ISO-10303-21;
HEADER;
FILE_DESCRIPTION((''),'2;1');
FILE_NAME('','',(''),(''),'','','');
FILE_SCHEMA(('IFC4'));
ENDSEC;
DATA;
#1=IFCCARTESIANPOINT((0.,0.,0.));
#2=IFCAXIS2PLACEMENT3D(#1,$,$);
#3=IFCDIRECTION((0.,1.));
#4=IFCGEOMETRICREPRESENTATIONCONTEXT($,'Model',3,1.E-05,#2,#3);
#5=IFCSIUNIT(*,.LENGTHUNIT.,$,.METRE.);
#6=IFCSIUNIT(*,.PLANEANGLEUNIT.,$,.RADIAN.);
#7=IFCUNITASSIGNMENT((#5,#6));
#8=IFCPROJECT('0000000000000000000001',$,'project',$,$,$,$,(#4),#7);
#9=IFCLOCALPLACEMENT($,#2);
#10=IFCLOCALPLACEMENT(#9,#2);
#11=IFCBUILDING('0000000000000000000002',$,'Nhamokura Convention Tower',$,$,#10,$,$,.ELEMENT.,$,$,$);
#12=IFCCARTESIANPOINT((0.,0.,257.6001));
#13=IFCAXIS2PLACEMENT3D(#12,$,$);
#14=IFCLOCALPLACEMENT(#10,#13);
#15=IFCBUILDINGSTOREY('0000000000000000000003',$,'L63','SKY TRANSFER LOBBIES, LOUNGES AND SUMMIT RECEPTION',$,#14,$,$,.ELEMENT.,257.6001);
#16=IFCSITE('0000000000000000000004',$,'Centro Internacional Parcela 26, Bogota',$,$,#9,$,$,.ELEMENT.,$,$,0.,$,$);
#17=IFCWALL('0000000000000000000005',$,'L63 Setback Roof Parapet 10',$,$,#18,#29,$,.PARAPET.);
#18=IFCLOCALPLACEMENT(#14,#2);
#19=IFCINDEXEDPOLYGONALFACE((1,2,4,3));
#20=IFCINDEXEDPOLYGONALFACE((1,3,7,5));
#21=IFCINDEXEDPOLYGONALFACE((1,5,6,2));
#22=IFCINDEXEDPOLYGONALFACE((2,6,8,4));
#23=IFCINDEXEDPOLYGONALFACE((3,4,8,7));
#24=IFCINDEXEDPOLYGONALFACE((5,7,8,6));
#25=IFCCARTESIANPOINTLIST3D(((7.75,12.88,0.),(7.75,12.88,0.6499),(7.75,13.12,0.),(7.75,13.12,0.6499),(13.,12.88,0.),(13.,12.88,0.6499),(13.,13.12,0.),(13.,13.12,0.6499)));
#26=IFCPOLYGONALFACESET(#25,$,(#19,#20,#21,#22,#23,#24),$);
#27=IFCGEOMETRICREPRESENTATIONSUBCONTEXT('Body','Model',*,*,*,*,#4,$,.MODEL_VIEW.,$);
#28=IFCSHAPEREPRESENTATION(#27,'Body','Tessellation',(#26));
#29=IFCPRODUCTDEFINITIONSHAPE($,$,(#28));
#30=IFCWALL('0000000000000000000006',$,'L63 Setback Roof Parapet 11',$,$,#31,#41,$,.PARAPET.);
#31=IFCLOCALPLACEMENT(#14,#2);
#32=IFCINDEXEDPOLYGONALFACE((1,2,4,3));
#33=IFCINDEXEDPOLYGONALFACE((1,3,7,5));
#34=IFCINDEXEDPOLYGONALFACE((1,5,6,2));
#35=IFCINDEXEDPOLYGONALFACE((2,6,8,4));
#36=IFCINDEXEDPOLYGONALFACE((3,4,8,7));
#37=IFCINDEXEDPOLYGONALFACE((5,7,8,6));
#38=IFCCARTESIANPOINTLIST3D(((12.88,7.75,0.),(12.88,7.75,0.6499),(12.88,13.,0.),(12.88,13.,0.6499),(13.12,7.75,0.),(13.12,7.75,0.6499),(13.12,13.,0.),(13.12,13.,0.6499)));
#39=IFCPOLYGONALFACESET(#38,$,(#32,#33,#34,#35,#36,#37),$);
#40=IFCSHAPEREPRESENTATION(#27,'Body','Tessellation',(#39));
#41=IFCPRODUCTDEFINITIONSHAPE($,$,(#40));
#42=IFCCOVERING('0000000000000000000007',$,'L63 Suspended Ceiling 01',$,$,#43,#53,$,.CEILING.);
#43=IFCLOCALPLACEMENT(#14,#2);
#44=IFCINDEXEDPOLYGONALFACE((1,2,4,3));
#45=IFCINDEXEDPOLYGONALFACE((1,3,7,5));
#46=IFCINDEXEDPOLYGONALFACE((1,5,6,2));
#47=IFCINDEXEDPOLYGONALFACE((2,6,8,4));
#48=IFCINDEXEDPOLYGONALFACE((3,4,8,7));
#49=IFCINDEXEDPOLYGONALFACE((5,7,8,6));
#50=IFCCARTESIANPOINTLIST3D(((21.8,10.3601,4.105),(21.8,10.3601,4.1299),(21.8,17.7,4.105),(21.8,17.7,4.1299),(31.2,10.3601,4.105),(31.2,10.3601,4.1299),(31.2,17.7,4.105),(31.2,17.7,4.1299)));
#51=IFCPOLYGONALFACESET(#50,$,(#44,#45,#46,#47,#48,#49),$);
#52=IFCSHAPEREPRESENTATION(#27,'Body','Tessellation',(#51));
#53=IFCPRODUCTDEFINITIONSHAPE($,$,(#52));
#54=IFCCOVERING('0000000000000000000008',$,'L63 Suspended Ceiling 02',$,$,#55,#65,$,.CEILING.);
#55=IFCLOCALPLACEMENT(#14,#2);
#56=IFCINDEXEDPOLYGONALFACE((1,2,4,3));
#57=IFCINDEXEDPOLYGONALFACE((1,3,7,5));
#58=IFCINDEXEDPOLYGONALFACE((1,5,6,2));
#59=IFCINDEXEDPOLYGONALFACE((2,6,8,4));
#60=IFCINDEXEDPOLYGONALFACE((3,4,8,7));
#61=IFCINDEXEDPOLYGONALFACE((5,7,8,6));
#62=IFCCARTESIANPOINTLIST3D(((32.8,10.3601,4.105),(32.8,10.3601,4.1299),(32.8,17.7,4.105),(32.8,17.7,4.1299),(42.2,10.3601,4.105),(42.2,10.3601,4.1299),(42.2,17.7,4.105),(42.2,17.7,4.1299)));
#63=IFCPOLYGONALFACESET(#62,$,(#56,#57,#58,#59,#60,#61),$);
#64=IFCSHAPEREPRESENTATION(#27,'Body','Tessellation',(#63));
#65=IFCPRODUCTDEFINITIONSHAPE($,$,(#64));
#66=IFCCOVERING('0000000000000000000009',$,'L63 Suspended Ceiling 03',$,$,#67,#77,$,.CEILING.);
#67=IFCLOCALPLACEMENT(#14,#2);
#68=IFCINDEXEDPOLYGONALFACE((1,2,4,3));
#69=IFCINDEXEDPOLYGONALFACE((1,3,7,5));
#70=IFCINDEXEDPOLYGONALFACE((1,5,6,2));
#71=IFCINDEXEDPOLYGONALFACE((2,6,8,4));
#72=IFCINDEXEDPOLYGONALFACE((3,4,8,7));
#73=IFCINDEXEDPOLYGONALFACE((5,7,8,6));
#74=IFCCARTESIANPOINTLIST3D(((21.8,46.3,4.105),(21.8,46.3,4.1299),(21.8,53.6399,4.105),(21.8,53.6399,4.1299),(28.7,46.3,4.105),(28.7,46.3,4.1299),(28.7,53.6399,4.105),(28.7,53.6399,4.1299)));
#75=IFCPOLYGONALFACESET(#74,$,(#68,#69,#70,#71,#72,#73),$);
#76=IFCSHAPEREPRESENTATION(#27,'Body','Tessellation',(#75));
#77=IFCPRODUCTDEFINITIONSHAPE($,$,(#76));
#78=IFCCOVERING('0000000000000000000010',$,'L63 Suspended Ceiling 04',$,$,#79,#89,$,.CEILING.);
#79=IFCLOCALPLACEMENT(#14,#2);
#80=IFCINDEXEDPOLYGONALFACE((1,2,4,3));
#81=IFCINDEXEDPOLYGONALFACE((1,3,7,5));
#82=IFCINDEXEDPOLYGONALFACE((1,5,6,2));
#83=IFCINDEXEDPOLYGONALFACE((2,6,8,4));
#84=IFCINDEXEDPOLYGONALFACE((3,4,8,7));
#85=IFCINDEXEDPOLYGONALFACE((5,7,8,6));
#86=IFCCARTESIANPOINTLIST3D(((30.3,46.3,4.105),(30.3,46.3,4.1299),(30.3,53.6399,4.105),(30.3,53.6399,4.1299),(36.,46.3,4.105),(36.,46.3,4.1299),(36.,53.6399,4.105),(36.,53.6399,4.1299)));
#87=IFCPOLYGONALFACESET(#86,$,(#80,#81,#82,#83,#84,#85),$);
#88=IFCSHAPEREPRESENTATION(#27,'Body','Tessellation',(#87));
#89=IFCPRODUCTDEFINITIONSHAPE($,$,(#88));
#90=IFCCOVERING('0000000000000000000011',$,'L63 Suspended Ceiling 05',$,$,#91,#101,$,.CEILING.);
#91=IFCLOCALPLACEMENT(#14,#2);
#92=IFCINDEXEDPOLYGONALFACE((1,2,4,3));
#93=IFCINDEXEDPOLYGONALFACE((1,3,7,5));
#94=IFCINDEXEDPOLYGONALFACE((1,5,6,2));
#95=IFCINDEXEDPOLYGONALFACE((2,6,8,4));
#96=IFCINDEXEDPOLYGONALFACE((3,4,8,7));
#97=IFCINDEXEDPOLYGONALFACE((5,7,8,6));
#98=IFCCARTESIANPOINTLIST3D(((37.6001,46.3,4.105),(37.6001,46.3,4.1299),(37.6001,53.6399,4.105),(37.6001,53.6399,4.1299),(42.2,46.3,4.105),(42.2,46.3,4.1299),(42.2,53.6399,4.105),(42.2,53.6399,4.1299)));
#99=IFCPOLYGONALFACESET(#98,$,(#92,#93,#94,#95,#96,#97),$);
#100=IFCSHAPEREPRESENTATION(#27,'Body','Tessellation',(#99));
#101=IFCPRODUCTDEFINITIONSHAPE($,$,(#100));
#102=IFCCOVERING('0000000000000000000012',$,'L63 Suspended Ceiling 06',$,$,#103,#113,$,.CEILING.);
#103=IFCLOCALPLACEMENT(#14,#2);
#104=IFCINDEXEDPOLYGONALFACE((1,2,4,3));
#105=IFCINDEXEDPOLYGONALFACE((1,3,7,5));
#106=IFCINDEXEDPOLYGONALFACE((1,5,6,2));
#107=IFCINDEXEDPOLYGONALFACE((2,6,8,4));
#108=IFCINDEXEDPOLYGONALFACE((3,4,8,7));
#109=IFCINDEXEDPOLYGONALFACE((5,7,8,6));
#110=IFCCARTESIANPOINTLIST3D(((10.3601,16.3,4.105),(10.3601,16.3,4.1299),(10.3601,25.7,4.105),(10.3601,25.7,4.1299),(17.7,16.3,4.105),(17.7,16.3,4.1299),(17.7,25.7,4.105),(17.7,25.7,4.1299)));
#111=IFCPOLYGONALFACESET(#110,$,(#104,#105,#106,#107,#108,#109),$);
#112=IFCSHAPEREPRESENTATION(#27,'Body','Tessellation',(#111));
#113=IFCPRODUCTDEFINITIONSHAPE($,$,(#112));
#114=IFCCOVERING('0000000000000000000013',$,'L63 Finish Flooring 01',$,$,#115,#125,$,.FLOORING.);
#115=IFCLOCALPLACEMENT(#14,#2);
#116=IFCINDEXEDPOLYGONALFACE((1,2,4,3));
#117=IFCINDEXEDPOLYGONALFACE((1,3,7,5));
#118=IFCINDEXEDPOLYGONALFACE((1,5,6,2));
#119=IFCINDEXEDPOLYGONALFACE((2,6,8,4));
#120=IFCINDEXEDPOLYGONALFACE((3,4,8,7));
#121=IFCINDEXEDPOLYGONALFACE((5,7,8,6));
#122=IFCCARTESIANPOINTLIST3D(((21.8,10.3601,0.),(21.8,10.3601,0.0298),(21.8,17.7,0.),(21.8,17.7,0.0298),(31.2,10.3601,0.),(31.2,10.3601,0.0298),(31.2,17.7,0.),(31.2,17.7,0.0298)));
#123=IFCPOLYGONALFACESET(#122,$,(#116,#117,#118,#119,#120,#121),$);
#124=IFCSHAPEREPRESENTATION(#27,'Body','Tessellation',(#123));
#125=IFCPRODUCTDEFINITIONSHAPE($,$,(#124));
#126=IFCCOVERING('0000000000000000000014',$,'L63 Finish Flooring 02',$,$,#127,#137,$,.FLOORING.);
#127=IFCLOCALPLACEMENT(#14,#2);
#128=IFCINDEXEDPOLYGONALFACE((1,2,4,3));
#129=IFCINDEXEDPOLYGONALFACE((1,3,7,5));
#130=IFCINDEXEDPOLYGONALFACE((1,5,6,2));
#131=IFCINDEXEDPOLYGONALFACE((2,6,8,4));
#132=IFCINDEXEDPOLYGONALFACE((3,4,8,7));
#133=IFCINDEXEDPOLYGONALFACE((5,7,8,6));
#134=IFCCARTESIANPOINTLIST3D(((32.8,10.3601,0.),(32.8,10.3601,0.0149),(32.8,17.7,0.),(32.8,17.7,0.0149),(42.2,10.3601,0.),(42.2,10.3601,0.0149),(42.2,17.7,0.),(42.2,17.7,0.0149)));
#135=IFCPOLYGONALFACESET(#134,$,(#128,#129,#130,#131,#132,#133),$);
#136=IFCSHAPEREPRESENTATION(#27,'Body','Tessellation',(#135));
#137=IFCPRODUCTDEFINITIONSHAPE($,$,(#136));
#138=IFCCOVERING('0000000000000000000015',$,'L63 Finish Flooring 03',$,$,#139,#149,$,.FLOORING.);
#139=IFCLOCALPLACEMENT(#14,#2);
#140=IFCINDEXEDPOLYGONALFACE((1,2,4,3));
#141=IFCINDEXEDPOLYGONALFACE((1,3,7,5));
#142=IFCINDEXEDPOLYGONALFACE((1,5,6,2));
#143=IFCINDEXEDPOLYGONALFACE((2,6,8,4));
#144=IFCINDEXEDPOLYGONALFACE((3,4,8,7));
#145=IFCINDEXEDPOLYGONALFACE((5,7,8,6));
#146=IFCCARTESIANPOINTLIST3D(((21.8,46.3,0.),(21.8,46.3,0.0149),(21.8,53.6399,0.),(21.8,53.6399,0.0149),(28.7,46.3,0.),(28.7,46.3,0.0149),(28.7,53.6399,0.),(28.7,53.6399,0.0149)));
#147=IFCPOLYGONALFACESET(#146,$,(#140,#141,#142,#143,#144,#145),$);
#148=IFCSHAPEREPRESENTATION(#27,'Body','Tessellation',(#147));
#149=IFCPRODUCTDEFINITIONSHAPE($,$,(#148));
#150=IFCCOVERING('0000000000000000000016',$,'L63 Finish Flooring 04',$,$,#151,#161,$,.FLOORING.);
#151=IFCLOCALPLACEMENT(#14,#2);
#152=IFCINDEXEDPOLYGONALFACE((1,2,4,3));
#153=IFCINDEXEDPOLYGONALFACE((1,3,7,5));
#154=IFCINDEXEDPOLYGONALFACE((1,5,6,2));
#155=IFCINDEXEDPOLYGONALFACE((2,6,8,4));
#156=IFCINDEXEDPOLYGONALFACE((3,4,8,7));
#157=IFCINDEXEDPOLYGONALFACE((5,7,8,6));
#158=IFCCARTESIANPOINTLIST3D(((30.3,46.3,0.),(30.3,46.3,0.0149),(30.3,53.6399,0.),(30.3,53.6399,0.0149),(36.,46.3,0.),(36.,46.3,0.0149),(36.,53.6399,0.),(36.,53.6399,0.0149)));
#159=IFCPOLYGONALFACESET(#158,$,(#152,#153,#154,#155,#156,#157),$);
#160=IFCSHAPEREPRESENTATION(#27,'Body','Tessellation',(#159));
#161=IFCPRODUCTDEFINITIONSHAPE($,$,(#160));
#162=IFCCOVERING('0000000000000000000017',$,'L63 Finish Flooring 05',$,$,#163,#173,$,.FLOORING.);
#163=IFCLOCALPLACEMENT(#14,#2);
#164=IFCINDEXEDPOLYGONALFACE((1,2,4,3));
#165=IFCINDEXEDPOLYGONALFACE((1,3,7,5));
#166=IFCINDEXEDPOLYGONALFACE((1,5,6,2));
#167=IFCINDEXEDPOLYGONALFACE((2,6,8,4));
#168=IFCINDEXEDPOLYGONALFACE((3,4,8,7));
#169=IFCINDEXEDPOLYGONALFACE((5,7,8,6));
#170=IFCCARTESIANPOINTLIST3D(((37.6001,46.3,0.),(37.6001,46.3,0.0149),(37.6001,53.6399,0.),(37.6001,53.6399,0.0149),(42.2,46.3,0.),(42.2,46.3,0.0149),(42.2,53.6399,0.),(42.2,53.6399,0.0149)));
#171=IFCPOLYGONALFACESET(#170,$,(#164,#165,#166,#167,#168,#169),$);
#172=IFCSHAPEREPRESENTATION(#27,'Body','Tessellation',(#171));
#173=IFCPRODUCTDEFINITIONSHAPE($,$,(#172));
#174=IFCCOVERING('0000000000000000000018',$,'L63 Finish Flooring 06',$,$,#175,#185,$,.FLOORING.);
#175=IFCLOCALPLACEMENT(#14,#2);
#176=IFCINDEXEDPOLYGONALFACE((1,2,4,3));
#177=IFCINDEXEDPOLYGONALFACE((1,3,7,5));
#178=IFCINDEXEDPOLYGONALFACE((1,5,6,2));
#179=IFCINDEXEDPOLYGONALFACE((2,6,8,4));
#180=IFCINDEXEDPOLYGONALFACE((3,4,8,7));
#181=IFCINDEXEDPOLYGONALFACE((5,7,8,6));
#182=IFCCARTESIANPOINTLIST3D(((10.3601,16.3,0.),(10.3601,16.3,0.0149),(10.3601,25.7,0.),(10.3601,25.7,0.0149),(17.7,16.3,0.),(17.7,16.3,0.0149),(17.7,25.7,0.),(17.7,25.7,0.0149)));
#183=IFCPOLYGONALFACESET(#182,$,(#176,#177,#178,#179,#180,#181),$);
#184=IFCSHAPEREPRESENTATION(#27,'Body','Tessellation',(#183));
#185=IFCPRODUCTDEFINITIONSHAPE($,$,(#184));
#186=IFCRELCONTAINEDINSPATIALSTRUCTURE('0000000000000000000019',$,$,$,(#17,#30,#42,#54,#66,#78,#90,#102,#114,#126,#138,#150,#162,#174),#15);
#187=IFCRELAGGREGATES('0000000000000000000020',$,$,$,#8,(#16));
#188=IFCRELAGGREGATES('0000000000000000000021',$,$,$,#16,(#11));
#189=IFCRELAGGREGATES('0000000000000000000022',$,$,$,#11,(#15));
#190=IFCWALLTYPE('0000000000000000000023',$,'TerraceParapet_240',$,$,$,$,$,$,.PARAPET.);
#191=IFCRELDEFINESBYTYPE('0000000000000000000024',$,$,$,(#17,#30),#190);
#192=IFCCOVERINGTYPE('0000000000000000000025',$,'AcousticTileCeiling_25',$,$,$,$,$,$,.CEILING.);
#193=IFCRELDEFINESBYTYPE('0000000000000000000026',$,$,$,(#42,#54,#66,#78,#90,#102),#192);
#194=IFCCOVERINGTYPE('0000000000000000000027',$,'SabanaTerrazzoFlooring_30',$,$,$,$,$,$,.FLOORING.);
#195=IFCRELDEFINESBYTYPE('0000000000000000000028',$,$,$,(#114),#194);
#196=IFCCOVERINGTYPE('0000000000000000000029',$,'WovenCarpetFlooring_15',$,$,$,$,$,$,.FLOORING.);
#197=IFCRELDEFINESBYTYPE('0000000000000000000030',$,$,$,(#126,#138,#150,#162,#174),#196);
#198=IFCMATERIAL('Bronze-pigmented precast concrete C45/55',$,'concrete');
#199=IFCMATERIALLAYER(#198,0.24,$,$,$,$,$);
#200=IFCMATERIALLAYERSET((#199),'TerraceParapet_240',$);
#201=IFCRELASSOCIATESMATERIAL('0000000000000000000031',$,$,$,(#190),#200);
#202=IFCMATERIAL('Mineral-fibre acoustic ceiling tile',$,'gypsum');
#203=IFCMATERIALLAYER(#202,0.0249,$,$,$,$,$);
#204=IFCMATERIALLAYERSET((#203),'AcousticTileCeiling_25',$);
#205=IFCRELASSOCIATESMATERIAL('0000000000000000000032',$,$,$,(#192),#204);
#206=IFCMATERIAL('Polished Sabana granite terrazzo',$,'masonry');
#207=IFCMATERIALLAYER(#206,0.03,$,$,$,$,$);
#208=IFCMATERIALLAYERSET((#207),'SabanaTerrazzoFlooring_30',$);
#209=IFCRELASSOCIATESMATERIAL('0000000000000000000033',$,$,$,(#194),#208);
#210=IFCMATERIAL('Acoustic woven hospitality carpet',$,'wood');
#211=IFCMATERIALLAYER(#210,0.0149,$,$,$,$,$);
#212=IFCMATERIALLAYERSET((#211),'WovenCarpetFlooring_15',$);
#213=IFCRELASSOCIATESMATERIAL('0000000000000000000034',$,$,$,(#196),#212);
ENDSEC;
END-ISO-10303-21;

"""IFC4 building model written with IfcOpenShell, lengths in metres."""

from ifc_helpers import new_model, si_unit, direction, frame, frame_2d, origin, place, context, subcontext, project, spatial, polyline, rectangle, outline, extrude, material, layer, layer_set, type_object, element, save


model = new_model("IFC4")

# Units and contexts
model_context = context("Model", 3, precision=1e-05, world=origin(), true_north=direction((0.0, 1.0)))
body_context = subcontext(model_context, "Body", "Model", "MODEL_VIEW")
ifc_project = project(units=[si_unit("LENGTHUNIT", "METRE"), si_unit("PLANEANGLEUNIT", "RADIAN")], contexts=[model_context])

# Site, building, storey
site_placement = place(None, origin())
site = spatial("IfcSite", under=ifc_project, at=site_placement, Name="Centro Internacional Parcela 26, Bogota", CompositionType="ELEMENT", RefElevation=0.0)
building_placement = place(site_placement, origin())
building = spatial("IfcBuilding", under=site, at=building_placement, Name="Nhamokura Convention Tower", CompositionType="ELEMENT")
storey_placement = place(building_placement, frame((0.0, 0.0, 257.6001)))
storey = spatial("IfcBuildingStorey", under=building, at=storey_placement, Name="L63", Description="SKY TRANSFER LOBBIES, LOUNGES AND SUMMIT RECEPTION", CompositionType="ELEMENT", Elevation=257.6001)

# Walls
ifc_material_1 = material(Name="Bronze-pigmented precast concrete C45/55", Category="concrete")
ifc_layer_1 = layer(ifc_material_1, 0.24)
ifc_layer_set_1 = layer_set([ifc_layer_1], Name="TerraceParapet_240")
wall_type_1 = type_object("IfcWallType", Name="TerraceParapet_240", PredefinedType="PARAPET", material=ifc_layer_set_1)
for number, where, z_axis, x_axis, name in (
    (1, (7.75, 13.0, 0.0), (0.0, 0.0, 1.0), (1.0, 0.0, 0.0), "L63 Setback Roof Parapet 10"),
    (2, (13.0, 13.0, 0.0), (0.0, 0.0, 1.0), (0.0, -1.0, 0.0), "L63 Setback Roof Parapet 11"),
):
    element("IfcWall", number, at=place(storey_placement, frame(where, z_axis=z_axis, x_axis=x_axis)), inside=storey, type_object=wall_type_1, Name=name, PredefinedType="PARAPET", context=body_context, shape_type="SweptSolid", body=[
        extrude(rectangle(XDim=5.25, YDim=0.24, at=frame_2d((2.625, 0.0))), origin(), (0.0, 0.0, 1.0), 0.6499),
    ])

# Coverings
ifc_material_2 = material(Name="Mineral-fibre acoustic ceiling tile", Category="gypsum")
ifc_layer_2 = layer(ifc_material_2, 0.0249)
ifc_layer_set_2 = layer_set([ifc_layer_2], Name="AcousticTileCeiling_25")
covering_type_1 = type_object("IfcCoveringType", Name="AcousticTileCeiling_25", PredefinedType="CEILING", material=ifc_layer_set_2)
covering_1_placement = place(storey_placement, frame((0.0, 0.0, 4.105)))
element("IfcCovering", 3, at=covering_1_placement, inside=storey, type_object=covering_type_1, Name="L63 Suspended Ceiling 01", PredefinedType="CEILING", context=body_context, shape_type="SweptSolid", body=[
    extrude(outline(polyline([(21.8, 10.3601), (31.2, 10.3601), (31.2, 17.7), (21.8, 17.7), (21.8, 10.3601)])), origin(), (0.0, 0.0, 1.0), 0.0249),
])
covering_2_placement = place(storey_placement, frame((0.0, 0.0, 4.105)))
element("IfcCovering", 4, at=covering_2_placement, inside=storey, type_object=covering_type_1, Name="L63 Suspended Ceiling 02", PredefinedType="CEILING", context=body_context, shape_type="SweptSolid", body=[
    extrude(outline(polyline([(32.8, 10.3601), (42.2, 10.3601), (42.2, 17.7), (32.8, 17.7), (32.8, 10.3601)])), origin(), (0.0, 0.0, 1.0), 0.0249),
])
covering_3_placement = place(storey_placement, frame((0.0, 0.0, 4.105)))
element("IfcCovering", 5, at=covering_3_placement, inside=storey, type_object=covering_type_1, Name="L63 Suspended Ceiling 03", PredefinedType="CEILING", context=body_context, shape_type="SweptSolid", body=[
    extrude(outline(polyline([(21.8, 46.3), (28.7, 46.3), (28.7, 53.6399), (21.8, 53.6399), (21.8, 46.3)])), origin(), (0.0, 0.0, 1.0), 0.0249),
])
covering_4_placement = place(storey_placement, frame((0.0, 0.0, 4.105)))
element("IfcCovering", 6, at=covering_4_placement, inside=storey, type_object=covering_type_1, Name="L63 Suspended Ceiling 04", PredefinedType="CEILING", context=body_context, shape_type="SweptSolid", body=[
    extrude(outline(polyline([(30.3, 46.3), (36.0, 46.3), (36.0, 53.6399), (30.3, 53.6399), (30.3, 46.3)])), origin(), (0.0, 0.0, 1.0), 0.0249),
])
covering_5_placement = place(storey_placement, frame((0.0, 0.0, 4.105)))
element("IfcCovering", 7, at=covering_5_placement, inside=storey, type_object=covering_type_1, Name="L63 Suspended Ceiling 05", PredefinedType="CEILING", context=body_context, shape_type="SweptSolid", body=[
    extrude(outline(polyline([(37.6001, 46.3), (42.2, 46.3), (42.2, 53.6399), (37.6001, 53.6399), (37.6001, 46.3)])), origin(), (0.0, 0.0, 1.0), 0.0249),
])
covering_6_placement = place(storey_placement, frame((0.0, 0.0, 4.105)))
element("IfcCovering", 8, at=covering_6_placement, inside=storey, type_object=covering_type_1, Name="L63 Suspended Ceiling 06", PredefinedType="CEILING", context=body_context, shape_type="SweptSolid", body=[
    extrude(outline(polyline([(10.3601, 16.3), (17.7, 16.3), (17.7, 25.7), (10.3601, 25.7), (10.3601, 16.3)])), origin(), (0.0, 0.0, 1.0), 0.0249),
])
ifc_material_3 = material(Name="Polished Sabana granite terrazzo", Category="masonry")
ifc_layer_3 = layer(ifc_material_3, 0.03)
ifc_layer_set_3 = layer_set([ifc_layer_3], Name="SabanaTerrazzoFlooring_30")
covering_type_2 = type_object("IfcCoveringType", Name="SabanaTerrazzoFlooring_30", PredefinedType="FLOORING", material=ifc_layer_set_3)
covering_7_placement = place(storey_placement, origin())
element("IfcCovering", 9, at=covering_7_placement, inside=storey, type_object=covering_type_2, Name="L63 Finish Flooring 01", PredefinedType="FLOORING", context=body_context, shape_type="SweptSolid", body=[
    extrude(outline(polyline([(21.8, 10.3601), (31.2, 10.3601), (31.2, 17.7), (21.8, 17.7), (21.8, 10.3601)])), origin(), (0.0, 0.0, 1.0), 0.0298),
])
ifc_material_4 = material(Name="Acoustic woven hospitality carpet", Category="wood")
ifc_layer_4 = layer(ifc_material_4, 0.0149)
ifc_layer_set_4 = layer_set([ifc_layer_4], Name="WovenCarpetFlooring_15")
covering_type_3 = type_object("IfcCoveringType", Name="WovenCarpetFlooring_15", PredefinedType="FLOORING", material=ifc_layer_set_4)
covering_8_placement = place(storey_placement, origin())
element("IfcCovering", 10, at=covering_8_placement, inside=storey, type_object=covering_type_3, Name="L63 Finish Flooring 02", PredefinedType="FLOORING", context=body_context, shape_type="SweptSolid", body=[
    extrude(outline(polyline([(32.8, 10.3601), (42.2, 10.3601), (42.2, 17.7), (32.8, 17.7), (32.8, 10.3601)])), origin(), (0.0, 0.0, 1.0), 0.0149),
])
covering_9_placement = place(storey_placement, origin())
element("IfcCovering", 11, at=covering_9_placement, inside=storey, type_object=covering_type_3, Name="L63 Finish Flooring 03", PredefinedType="FLOORING", context=body_context, shape_type="SweptSolid", body=[
    extrude(outline(polyline([(21.8, 46.3), (28.7, 46.3), (28.7, 53.6399), (21.8, 53.6399), (21.8, 46.3)])), origin(), (0.0, 0.0, 1.0), 0.0149),
])
covering_10_placement = place(storey_placement, origin())
element("IfcCovering", 12, at=covering_10_placement, inside=storey, type_object=covering_type_3, Name="L63 Finish Flooring 04", PredefinedType="FLOORING", context=body_context, shape_type="SweptSolid", body=[
    extrude(outline(polyline([(30.3, 46.3), (36.0, 46.3), (36.0, 53.6399), (30.3, 53.6399), (30.3, 46.3)])), origin(), (0.0, 0.0, 1.0), 0.0149),
])
covering_11_placement = place(storey_placement, origin())
element("IfcCovering", 13, at=covering_11_placement, inside=storey, type_object=covering_type_3, Name="L63 Finish Flooring 05", PredefinedType="FLOORING", context=body_context, shape_type="SweptSolid", body=[
    extrude(outline(polyline([(37.6001, 46.3), (42.2, 46.3), (42.2, 53.6399), (37.6001, 53.6399), (37.6001, 46.3)])), origin(), (0.0, 0.0, 1.0), 0.0149),
])
covering_12_placement = place(storey_placement, origin())
element("IfcCovering", 14, at=covering_12_placement, inside=storey, type_object=covering_type_3, Name="L63 Finish Flooring 06", PredefinedType="FLOORING", context=body_context, shape_type="SweptSolid", body=[
    extrude(outline(polyline([(10.3601, 16.3), (17.7, 16.3), (17.7, 25.7), (10.3601, 25.7), (10.3601, 16.3)])), origin(), (0.0, 0.0, 1.0), 0.0149),
])

save(model, "model.ifc")
